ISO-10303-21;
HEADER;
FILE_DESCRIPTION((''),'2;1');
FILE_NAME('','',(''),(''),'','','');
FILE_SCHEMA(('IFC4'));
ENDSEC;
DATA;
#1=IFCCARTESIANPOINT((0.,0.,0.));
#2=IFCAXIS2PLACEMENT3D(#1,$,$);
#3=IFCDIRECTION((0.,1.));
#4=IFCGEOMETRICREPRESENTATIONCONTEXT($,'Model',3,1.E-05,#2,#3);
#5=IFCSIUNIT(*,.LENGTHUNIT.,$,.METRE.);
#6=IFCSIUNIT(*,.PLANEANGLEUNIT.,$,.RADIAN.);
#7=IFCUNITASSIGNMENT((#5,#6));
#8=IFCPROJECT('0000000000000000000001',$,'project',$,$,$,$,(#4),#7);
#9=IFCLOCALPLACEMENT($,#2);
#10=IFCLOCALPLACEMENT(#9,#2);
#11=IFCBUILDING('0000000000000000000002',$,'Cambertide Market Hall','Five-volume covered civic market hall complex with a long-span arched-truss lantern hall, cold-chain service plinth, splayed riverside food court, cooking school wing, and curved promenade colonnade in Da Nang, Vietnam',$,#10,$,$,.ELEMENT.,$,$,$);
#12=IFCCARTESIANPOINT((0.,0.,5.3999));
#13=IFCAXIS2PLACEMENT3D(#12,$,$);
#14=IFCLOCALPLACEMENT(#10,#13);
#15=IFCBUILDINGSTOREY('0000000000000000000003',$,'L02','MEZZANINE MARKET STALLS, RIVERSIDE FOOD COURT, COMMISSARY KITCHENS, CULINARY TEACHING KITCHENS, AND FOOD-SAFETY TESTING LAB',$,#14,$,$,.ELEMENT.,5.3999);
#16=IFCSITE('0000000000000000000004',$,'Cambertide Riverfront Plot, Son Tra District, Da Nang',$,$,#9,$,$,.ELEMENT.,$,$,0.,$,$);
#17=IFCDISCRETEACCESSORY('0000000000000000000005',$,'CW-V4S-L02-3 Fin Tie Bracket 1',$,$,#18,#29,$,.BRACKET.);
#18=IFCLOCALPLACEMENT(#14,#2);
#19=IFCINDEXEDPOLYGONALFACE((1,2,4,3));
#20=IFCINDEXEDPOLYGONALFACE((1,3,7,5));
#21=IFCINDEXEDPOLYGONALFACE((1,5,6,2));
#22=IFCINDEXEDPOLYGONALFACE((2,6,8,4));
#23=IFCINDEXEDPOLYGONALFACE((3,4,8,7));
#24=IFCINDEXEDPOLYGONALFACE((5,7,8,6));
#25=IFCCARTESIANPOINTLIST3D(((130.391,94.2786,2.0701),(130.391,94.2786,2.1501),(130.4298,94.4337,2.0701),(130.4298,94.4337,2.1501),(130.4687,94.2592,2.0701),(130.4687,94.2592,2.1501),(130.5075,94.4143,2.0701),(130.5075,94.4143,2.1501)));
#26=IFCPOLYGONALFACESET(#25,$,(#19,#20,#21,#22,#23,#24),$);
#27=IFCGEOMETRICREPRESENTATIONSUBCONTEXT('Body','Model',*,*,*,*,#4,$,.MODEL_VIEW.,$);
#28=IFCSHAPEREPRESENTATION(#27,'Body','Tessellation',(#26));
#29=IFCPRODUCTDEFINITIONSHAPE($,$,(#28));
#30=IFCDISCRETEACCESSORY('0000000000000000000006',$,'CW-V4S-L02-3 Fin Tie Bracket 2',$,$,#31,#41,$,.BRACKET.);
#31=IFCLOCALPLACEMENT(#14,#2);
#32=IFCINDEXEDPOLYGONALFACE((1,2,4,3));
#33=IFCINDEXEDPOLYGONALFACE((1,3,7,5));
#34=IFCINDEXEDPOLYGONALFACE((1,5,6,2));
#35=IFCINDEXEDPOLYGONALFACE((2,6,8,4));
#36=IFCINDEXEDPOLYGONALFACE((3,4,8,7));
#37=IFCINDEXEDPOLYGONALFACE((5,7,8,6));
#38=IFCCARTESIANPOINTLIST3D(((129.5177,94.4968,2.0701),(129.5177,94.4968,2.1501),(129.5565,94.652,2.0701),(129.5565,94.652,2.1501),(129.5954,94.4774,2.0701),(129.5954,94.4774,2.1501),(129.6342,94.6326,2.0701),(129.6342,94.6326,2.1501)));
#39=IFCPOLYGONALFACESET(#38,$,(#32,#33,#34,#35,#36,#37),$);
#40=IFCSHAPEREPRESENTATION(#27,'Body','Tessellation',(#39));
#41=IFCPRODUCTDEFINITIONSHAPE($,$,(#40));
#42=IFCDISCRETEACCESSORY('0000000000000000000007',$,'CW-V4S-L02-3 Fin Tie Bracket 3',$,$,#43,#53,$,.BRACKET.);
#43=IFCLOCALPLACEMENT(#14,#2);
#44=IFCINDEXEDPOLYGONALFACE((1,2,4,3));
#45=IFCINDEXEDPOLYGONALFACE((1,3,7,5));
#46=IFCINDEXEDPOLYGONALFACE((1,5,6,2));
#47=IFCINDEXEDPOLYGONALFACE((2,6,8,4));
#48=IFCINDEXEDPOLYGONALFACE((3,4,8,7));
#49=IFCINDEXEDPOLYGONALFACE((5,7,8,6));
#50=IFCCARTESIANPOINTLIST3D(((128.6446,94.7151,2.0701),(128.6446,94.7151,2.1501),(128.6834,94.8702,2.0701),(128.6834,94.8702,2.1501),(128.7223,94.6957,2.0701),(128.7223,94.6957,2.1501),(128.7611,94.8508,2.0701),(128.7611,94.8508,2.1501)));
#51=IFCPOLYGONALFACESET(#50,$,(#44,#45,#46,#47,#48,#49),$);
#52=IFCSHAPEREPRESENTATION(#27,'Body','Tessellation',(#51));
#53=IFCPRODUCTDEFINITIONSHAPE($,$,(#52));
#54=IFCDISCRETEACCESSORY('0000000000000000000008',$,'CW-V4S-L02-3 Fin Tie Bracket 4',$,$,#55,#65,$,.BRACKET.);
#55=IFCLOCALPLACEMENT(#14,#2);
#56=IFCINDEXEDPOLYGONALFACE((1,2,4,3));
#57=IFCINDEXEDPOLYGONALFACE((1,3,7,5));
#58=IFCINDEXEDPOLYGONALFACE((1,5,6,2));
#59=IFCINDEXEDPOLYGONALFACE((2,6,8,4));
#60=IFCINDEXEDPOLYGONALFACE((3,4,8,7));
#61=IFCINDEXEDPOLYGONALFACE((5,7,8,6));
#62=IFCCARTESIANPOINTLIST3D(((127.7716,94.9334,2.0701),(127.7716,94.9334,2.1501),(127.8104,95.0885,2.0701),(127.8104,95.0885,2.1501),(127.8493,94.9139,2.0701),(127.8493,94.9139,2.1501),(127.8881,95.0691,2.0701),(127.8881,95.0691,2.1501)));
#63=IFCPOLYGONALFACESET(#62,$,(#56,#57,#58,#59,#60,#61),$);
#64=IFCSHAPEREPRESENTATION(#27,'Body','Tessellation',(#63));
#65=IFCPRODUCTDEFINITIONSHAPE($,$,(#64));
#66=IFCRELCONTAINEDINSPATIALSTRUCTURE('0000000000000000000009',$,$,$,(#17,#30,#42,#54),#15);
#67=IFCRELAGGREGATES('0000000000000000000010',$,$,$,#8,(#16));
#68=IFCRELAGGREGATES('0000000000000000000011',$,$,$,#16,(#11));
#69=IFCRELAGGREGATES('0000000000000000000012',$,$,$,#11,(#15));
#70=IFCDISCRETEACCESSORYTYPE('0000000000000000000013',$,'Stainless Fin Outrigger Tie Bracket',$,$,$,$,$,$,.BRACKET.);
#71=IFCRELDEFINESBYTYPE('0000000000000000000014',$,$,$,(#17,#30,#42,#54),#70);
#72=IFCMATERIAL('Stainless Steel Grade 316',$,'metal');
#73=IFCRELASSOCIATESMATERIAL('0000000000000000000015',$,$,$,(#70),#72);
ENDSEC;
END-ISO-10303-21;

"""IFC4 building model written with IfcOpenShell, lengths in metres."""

from ifc_helpers import new_model, si_unit, direction, frame, origin, origin_2d, place, context, subcontext, project, spatial, rectangle, extrude, material, type_object, element, save


model = new_model("IFC4")

# Units and contexts
model_context = context("Model", 3, precision=1e-05, world=origin(), true_north=direction((0.0, 1.0)))
body_context = subcontext(model_context, "Body", "Model", "MODEL_VIEW")
ifc_project = project(units=[si_unit("LENGTHUNIT", "METRE"), si_unit("PLANEANGLEUNIT", "RADIAN")], contexts=[model_context])

# Site, building, storey
site_placement = place(None, origin())
site = spatial("IfcSite", under=ifc_project, at=site_placement, Name="Cambertide Riverfront Plot, Son Tra District, Da Nang", CompositionType="ELEMENT", RefElevation=0.0)
building_placement = place(site_placement, origin())
building = spatial("IfcBuilding", under=site, at=building_placement, Name="Cambertide Market Hall", Description="Five-volume covered civic market hall complex with a long-span arched-truss lantern hall, cold-chain service plinth, splayed riverside food court, cooking school wing, and curved promenade colonnade in Da Nang, Vietnam", CompositionType="ELEMENT")
storey_placement = place(building_placement, frame((0.0, 0.0, 5.3999)))
storey = spatial("IfcBuildingStorey", under=building, at=storey_placement, Name="L02", Description="MEZZANINE MARKET STALLS, RIVERSIDE FOOD COURT, COMMISSARY KITCHENS, CULINARY TEACHING KITCHENS, AND FOOD-SAFETY TESTING LAB", CompositionType="ELEMENT", Elevation=5.3999)

# Discrete accessories
ifc_material_1 = material(Name="Stainless Steel Grade 316", Category="metal")
discrete_accessory_type = type_object("IfcDiscreteAccessoryType", Name="Stainless Fin Outrigger Tie Bracket", PredefinedType="BRACKET", material=ifc_material_1)
for number, where, z_axis, x_axis, name in (
    (1, (130.4492, 94.3464, 2.0701), (0.0, 0.0, 1.0), (-0.970143, 0.242535, 0.0), "CW-V4S-L02-3 Fin Tie Bracket 1"),
    (2, (129.5759, 94.5647, 2.0701), (0.0, 0.0, 1.0), (-0.970143, 0.242535, 0.0), "CW-V4S-L02-3 Fin Tie Bracket 2"),
    (3, (128.7029, 94.783, 2.0701), (0.0, 0.0, 1.0), (-0.970143, 0.242535, 0.0), "CW-V4S-L02-3 Fin Tie Bracket 3"),
    (4, (127.8298, 95.0012, 2.0701), (0.0, 0.0, 1.0), (-0.970143, 0.242535, 0.0), "CW-V4S-L02-3 Fin Tie Bracket 4"),
):
    element("IfcDiscreteAccessory", number, at=place(storey_placement, frame(where, z_axis=z_axis, x_axis=x_axis)), inside=storey, type_object=discrete_accessory_type, Name=name, PredefinedType="BRACKET", context=body_context, shape_type="SweptSolid", body=[
        extrude(rectangle(XDim=0.0801, YDim=0.1599, at=origin_2d()), origin(), (0.0, 0.0, 1.0), 0.0801),
    ])

save(model, "model.ifc")
